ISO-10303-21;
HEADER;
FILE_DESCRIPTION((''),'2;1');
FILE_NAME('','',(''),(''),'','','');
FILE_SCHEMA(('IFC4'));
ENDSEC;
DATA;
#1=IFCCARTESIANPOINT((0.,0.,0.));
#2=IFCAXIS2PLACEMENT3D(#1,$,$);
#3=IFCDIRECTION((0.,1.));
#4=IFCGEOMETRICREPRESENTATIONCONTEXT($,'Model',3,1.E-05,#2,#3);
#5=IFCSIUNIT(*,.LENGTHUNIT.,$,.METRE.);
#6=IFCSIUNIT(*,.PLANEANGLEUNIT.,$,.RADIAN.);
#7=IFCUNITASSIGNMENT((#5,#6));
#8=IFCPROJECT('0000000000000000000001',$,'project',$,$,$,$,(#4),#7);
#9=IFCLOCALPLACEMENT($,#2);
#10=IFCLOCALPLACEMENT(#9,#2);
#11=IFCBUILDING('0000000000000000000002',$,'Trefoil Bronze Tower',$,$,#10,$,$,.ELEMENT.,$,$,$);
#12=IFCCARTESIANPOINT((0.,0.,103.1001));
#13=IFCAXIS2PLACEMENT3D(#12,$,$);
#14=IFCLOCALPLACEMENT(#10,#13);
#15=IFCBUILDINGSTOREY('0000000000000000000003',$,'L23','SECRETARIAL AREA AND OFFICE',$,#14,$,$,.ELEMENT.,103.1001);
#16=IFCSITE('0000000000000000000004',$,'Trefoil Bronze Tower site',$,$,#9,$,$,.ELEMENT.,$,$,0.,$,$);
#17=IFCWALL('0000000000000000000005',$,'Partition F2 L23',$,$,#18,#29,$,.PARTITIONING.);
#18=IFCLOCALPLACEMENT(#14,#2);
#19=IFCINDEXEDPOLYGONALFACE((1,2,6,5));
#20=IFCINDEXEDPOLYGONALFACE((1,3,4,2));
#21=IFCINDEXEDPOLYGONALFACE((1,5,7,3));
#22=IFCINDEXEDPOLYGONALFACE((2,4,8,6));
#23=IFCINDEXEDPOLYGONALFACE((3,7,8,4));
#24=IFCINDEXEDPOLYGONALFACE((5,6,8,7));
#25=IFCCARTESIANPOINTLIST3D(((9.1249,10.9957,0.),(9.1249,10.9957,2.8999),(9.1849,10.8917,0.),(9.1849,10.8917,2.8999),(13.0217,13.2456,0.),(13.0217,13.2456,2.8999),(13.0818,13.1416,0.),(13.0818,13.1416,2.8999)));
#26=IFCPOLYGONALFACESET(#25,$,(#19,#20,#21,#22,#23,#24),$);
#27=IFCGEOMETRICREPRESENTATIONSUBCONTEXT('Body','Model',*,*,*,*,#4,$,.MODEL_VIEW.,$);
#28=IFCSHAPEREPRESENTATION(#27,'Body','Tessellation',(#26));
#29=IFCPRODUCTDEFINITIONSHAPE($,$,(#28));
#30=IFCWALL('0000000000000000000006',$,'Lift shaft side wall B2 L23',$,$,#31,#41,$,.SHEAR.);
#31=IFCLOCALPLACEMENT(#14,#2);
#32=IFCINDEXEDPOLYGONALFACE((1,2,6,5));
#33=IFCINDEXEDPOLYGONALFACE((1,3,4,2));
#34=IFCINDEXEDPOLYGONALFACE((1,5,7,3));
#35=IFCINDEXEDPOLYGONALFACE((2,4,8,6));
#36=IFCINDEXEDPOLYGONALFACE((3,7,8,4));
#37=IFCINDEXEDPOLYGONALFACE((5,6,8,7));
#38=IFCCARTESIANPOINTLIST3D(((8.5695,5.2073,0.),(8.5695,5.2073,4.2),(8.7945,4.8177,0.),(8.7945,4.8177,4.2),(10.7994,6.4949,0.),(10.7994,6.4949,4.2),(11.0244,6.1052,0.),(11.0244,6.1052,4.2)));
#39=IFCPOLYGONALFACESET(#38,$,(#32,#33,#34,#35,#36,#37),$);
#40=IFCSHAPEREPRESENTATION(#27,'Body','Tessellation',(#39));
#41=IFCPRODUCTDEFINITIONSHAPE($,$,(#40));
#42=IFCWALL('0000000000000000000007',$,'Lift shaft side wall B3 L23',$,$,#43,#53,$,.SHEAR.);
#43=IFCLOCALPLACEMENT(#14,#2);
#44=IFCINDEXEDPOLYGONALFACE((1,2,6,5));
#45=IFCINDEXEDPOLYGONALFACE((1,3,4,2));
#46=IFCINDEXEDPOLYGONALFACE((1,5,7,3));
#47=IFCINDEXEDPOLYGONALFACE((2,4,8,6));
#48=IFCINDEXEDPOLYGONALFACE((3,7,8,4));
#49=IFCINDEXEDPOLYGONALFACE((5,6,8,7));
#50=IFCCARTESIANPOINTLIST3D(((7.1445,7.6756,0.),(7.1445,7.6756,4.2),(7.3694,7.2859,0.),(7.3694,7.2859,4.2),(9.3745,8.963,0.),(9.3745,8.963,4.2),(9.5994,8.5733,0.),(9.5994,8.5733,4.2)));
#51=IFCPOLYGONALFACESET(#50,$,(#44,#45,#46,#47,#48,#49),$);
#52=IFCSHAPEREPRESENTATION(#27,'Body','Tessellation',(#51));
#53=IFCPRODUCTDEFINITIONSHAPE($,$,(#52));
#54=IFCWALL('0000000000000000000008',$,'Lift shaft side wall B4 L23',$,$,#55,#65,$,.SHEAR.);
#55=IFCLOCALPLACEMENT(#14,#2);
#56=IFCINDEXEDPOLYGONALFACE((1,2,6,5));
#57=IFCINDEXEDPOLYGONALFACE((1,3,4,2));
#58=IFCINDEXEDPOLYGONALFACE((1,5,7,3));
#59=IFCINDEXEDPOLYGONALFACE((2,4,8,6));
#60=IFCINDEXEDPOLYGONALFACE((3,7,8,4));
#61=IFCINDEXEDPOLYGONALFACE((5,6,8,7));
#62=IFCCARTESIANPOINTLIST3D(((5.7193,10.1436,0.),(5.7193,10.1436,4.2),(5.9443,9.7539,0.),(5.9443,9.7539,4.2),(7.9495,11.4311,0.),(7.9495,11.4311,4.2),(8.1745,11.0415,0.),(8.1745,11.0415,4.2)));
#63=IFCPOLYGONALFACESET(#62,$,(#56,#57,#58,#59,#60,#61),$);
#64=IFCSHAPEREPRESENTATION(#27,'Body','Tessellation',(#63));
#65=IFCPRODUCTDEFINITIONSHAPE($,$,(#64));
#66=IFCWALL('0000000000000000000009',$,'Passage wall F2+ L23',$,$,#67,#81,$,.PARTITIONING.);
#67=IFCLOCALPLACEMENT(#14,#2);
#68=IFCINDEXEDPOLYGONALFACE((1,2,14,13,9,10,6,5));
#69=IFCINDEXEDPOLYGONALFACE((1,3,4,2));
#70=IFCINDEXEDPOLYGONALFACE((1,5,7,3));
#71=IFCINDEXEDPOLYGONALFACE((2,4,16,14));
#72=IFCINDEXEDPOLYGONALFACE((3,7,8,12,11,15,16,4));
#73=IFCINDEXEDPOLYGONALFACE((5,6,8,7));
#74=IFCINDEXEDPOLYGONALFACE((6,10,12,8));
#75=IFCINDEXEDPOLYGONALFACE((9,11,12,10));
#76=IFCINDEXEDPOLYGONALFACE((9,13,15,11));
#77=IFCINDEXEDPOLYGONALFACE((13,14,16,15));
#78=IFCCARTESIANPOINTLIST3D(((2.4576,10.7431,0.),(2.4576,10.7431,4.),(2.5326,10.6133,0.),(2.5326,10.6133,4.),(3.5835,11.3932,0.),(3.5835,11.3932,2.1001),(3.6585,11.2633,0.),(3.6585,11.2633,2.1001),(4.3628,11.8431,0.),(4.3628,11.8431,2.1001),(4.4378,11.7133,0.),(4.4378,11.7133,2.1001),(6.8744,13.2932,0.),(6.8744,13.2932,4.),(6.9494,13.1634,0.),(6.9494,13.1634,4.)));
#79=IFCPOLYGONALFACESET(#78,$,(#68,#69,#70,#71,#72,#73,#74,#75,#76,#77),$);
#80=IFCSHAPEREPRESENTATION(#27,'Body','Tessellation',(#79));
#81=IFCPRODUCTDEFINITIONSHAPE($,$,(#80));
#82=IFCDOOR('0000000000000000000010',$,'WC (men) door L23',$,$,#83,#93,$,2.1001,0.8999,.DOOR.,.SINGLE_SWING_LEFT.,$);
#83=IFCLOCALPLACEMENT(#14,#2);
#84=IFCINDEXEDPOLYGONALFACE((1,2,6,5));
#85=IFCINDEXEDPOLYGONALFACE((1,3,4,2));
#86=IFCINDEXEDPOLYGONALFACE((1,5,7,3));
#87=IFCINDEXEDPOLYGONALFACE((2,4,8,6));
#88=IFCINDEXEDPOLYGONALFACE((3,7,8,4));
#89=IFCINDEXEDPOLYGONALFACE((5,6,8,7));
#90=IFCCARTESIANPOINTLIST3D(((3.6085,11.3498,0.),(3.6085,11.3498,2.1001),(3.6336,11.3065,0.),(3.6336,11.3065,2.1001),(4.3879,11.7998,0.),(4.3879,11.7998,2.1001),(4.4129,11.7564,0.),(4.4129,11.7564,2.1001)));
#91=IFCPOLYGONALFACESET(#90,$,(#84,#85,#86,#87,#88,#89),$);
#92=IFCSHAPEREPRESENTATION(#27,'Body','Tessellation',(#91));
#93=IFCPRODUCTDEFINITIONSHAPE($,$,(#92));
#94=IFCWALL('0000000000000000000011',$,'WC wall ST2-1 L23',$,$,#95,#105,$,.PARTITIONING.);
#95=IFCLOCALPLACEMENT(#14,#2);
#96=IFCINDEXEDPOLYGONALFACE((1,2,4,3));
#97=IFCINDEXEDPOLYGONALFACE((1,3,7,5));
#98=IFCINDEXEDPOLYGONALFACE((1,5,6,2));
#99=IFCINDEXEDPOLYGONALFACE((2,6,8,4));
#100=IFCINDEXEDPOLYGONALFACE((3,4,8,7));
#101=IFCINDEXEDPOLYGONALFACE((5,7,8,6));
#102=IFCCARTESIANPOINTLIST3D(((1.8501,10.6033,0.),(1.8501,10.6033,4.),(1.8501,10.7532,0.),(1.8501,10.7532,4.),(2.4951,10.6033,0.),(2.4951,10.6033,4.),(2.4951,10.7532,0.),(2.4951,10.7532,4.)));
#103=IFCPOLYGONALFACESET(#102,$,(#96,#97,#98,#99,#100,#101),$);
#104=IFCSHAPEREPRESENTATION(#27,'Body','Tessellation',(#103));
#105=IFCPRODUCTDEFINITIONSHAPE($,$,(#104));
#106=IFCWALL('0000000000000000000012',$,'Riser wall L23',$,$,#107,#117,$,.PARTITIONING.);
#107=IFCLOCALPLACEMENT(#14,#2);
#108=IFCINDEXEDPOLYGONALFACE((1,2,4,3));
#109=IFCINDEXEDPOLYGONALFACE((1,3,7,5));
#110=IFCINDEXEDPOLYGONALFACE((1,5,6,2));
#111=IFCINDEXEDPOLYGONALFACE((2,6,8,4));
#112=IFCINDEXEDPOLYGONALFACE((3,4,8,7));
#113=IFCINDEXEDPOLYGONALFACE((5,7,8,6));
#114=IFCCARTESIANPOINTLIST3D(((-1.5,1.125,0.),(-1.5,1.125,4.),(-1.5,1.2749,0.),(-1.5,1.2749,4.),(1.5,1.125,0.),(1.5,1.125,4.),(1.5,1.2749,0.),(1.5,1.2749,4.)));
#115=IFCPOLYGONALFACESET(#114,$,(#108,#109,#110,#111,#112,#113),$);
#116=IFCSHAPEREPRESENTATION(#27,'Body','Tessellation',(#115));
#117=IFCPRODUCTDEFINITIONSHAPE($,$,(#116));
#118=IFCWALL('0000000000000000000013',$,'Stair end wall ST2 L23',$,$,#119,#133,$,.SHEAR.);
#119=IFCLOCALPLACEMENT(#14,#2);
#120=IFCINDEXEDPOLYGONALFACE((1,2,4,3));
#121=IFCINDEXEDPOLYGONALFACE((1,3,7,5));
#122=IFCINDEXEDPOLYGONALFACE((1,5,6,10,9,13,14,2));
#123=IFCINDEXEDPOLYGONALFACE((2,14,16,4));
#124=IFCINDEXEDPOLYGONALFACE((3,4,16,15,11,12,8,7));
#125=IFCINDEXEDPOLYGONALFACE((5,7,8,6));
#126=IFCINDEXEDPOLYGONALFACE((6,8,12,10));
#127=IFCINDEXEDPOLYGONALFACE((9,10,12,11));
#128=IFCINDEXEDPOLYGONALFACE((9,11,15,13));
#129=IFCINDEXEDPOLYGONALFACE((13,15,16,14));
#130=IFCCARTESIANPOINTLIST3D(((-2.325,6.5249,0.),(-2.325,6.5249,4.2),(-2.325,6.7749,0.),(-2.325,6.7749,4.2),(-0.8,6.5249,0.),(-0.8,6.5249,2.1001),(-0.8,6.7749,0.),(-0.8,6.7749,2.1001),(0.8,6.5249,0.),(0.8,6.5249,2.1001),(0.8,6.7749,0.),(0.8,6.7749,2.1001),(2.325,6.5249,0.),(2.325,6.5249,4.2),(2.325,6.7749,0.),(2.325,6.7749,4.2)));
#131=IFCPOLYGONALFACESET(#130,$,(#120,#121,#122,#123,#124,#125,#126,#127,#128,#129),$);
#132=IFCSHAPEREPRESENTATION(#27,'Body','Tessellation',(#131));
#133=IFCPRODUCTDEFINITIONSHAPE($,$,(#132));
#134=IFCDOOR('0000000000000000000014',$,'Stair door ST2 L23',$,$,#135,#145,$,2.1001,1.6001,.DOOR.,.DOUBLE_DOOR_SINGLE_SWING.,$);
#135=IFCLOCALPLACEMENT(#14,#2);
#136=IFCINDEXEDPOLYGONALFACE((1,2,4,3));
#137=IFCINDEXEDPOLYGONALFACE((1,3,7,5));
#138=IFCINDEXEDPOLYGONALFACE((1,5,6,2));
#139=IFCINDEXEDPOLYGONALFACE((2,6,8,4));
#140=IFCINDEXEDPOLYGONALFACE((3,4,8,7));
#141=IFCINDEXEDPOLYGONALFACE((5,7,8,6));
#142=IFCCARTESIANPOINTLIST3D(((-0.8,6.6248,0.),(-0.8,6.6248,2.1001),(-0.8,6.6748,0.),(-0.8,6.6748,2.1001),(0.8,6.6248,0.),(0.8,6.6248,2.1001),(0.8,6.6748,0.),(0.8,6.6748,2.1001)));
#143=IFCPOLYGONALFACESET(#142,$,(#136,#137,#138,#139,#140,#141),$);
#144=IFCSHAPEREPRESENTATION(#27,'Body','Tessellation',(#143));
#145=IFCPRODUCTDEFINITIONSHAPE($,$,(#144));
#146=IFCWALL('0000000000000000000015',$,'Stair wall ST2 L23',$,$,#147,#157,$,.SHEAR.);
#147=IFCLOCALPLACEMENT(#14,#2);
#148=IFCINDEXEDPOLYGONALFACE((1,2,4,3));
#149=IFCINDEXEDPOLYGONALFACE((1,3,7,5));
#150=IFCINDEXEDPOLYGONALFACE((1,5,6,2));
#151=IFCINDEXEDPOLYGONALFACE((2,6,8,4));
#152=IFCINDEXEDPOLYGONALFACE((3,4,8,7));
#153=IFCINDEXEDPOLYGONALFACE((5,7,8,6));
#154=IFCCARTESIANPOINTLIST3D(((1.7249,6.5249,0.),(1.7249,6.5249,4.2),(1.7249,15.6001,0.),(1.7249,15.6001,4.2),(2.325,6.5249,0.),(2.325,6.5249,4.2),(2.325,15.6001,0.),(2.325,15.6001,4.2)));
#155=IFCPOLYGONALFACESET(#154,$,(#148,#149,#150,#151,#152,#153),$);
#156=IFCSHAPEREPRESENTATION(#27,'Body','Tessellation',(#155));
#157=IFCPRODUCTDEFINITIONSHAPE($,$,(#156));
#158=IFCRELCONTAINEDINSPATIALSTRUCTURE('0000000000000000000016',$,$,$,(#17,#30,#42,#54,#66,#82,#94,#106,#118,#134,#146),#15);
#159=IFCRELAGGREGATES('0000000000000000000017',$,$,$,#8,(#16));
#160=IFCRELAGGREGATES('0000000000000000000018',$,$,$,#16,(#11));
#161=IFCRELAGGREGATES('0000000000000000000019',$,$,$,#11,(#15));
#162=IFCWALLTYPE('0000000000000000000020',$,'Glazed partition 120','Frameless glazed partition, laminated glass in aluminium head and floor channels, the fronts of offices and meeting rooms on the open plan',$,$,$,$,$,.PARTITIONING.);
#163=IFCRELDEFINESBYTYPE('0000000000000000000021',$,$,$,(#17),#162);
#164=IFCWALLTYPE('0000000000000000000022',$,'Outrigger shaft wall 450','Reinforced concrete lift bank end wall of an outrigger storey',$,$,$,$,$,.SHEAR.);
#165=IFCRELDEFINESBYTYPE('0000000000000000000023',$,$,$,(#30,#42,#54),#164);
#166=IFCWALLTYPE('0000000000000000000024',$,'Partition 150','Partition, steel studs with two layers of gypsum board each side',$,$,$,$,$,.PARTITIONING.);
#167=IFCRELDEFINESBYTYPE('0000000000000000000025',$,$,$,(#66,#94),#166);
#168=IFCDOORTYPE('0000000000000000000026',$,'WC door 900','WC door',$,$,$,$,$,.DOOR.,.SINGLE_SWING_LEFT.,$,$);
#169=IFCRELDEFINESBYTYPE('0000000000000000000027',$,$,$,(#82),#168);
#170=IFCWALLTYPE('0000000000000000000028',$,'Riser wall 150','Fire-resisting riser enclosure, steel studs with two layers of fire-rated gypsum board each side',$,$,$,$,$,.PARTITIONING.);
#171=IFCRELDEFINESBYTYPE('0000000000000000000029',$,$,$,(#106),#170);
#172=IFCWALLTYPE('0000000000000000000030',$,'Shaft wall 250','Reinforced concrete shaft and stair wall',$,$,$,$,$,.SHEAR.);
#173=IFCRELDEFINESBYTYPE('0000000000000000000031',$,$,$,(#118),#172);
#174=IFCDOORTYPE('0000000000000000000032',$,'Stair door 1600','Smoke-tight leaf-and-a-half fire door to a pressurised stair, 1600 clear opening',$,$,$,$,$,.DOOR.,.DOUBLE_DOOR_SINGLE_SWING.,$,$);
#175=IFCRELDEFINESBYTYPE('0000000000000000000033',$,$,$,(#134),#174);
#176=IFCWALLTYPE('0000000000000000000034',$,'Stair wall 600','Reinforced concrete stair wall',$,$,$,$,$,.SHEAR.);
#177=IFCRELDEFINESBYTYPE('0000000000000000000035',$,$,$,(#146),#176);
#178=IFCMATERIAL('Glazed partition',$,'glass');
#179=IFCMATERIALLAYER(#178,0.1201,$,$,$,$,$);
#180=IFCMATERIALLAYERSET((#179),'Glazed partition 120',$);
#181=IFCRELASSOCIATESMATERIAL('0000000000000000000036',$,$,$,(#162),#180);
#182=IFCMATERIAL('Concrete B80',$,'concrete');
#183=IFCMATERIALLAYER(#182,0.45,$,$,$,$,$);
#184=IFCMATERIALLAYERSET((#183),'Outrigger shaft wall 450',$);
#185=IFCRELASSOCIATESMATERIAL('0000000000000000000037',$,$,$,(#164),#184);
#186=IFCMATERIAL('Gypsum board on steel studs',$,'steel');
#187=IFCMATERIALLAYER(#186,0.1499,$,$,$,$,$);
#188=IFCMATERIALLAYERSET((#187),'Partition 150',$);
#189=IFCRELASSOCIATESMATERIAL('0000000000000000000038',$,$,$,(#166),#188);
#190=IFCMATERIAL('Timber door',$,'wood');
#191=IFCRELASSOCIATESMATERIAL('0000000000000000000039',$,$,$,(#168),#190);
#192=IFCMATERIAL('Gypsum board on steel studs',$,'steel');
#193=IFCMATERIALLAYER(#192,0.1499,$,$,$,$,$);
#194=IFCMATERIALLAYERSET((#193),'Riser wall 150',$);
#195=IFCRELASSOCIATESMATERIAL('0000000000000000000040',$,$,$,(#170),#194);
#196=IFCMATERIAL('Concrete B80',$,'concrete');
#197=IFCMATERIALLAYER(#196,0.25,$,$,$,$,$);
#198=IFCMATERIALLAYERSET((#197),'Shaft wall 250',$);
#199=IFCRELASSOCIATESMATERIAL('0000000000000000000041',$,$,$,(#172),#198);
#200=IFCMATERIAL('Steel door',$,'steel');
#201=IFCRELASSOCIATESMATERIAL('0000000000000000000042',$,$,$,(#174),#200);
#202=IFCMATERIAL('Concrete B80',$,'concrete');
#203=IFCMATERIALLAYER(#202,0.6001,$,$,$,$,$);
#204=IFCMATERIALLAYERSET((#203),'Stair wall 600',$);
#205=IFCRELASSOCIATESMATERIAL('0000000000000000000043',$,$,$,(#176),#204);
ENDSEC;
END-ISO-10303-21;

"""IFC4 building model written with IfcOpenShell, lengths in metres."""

from ifc_helpers import new_model, si_unit, direction, frame, frame_2d, origin, place, context, subcontext, project, spatial, rectangle, extrude, material, layer, layer_set, type_object, element, fill, save


model = new_model("IFC4")

# Units and contexts
model_context = context("Model", 3, precision=1e-05, world=origin(), true_north=direction((0.0, 1.0)))
body_context = subcontext(model_context, "Body", "Model", "MODEL_VIEW")
ifc_project = project(units=[si_unit("LENGTHUNIT", "METRE"), si_unit("PLANEANGLEUNIT", "RADIAN")], contexts=[model_context])

# Site, building, storey
site_placement = place(None, origin())
site = spatial("IfcSite", under=ifc_project, at=site_placement, Name="Trefoil Bronze Tower site", CompositionType="ELEMENT", RefElevation=0.0)
building_placement = place(site_placement, origin())
building = spatial("IfcBuilding", under=site, at=building_placement, Name="Trefoil Bronze Tower", CompositionType="ELEMENT")
storey_placement = place(building_placement, frame((0.0, 0.0, 103.1001)))
storey = spatial("IfcBuildingStorey", under=building, at=storey_placement, Name="L23", Description="SECRETARIAL AREA AND OFFICE", CompositionType="ELEMENT", Elevation=103.1001)

# Walls
ifc_material_1 = material(Name="Glazed partition", Category="glass")
ifc_layer_1 = layer(ifc_material_1, 0.1201)
ifc_layer_set_1 = layer_set([ifc_layer_1], Name="Glazed partition 120")
wall_type_1 = type_object("IfcWallType", Name="Glazed partition 120", Description="Frameless glazed partition, laminated glass in aluminium head and floor channels, the fronts of offices and meeting rooms on the open plan", PredefinedType="PARTITIONING", material=ifc_layer_set_1)
wall_1_placement = place(storey_placement, frame((9.1548, 10.9436, 0.0), z_axis=(0.0, 0.0, 1.0), x_axis=(0.866018, 0.500014, 0.0)))
element("IfcWall", 1, at=wall_1_placement, inside=storey, type_object=wall_type_1, Name="Partition F2 L23", PredefinedType="PARTITIONING", context=body_context, shape_type="SweptSolid", body=[
    extrude(rectangle(XDim=4.4998, YDim=0.1201, at=frame_2d((2.25, 0.0))), origin(), (0.0, 0.0, 1.0), 2.8999),
])
ifc_material_2 = material(Name="Concrete B80", Category="concrete")
ifc_layer_2 = layer(ifc_material_2, 0.45)
ifc_layer_set_2 = layer_set([ifc_layer_2], Name="Outrigger shaft wall 450")
wall_type_2 = type_object("IfcWallType", Name="Outrigger shaft wall 450", Description="Reinforced concrete lift bank end wall of an outrigger storey", PredefinedType="SHEAR", material=ifc_layer_set_2)
for number, where, z_axis, x_axis, name in (
    (2, (8.6819, 5.0125, 0.0), (0.0, 0.0, 1.0), (0.866006, 0.500034, 0.0), "Lift shaft side wall B2 L23"),
    (3, (7.2568, 7.4807, 0.0), (0.0, 0.0, 1.0), (0.866047, 0.499963, 0.0), "Lift shaft side wall B3 L23"),
):
    element("IfcWall", number, at=place(storey_placement, frame(where, z_axis=z_axis, x_axis=x_axis)), inside=storey, type_object=wall_type_2, Name=name, PredefinedType="SHEAR", context=body_context, shape_type="SweptSolid", body=[
        extrude(rectangle(XDim=2.575, YDim=0.45, at=frame_2d((1.2876, 0.0))), origin(), (0.0, 0.0, 1.0), 4.2),
    ])
wall_2_placement = place(storey_placement, frame((5.8318, 9.9487, 0.0), z_axis=(0.0, 0.0, 1.0), x_axis=(0.866029, 0.499993, 0.0)))
element("IfcWall", 4, at=wall_2_placement, inside=storey, type_object=wall_type_2, Name="Lift shaft side wall B4 L23", PredefinedType="SHEAR", context=body_context, shape_type="SweptSolid", body=[
    extrude(rectangle(XDim=2.5752, YDim=0.45, at=frame_2d((1.2876, 0.0))), origin(), (0.0, 0.0, 1.0), 4.2),
])

# Wall, opening, door
ifc_material_3 = material(Name="Gypsum board on steel studs", Category="steel")
ifc_layer_3 = layer(ifc_material_3, 0.1499)
ifc_layer_set_3 = layer_set([ifc_layer_3], Name="Partition 150")
wall_type_3 = type_object("IfcWallType", Name="Partition 150", Description="Partition, steel studs with two layers of gypsum board each side", PredefinedType="PARTITIONING", material=ifc_layer_set_3)
wall_3_placement = place(storey_placement, frame((2.4951, 10.6782, 0.0), z_axis=(0.0, 0.0, 1.0), x_axis=(0.866022, 0.500006, 0.0)))
wall_3 = element("IfcWall", 5, at=wall_3_placement, inside=storey, type_object=wall_type_3, Name="Passage wall F2+ L23", PredefinedType="PARTITIONING", context=body_context, shape_type="SweptSolid", body=[
    extrude(rectangle(XDim=5.1001, YDim=0.1499, at=frame_2d((2.55, 0.0))), origin(), (0.0, 0.0, 1.0), 4.0),
])
opening_1_placement = place(wall_3_placement, frame((1.3, 0.0, 0.0)))
opening_1 = element("IfcOpeningElement", 6, at=opening_1_placement, cuts=wall_3, PredefinedType="OPENING", context=body_context, shape_type="SweptSolid", body=[
    extrude(rectangle(XDim=0.8999, YDim=2.1001, at=frame_2d((0.45, 1.05))), frame((0.0, 0.085, 0.0), z_axis=(0.0, -1.0, 0.0), x_axis=(1.0, 0.0, 0.0)), (0.0, 0.0, 1.0), 0.1699),
])
ifc_material_4 = material(Name="Timber door", Category="wood")
door_type_1 = type_object("IfcDoorType", Name="WC door 900", Description="WC door", OperationType="SINGLE_SWING_LEFT", PredefinedType="DOOR", material=ifc_material_4)
door_1_placement = place(opening_1_placement, origin())
door_1 = element("IfcDoor", 7, at=door_1_placement, inside=storey, type_object=door_type_1, Name="WC (men) door L23", OperationType="SINGLE_SWING_LEFT", OverallHeight=2.1001, OverallWidth=0.8999, PredefinedType="DOOR", context=body_context, shape_type="SweptSolid", body=[
    extrude(rectangle(XDim=0.8999, YDim=2.1001, at=frame_2d((0.45, 1.05))), frame((0.0, 0.0249, 0.0), z_axis=(0.0, -1.0, 0.0), x_axis=(1.0, 0.0, 0.0)), (0.0, 0.0, 1.0), 0.05),
])
fill(opening_1, door_1)

# Walls
wall_4_placement = place(storey_placement, frame((2.4951, 10.6782, 0.0), z_axis=(0.0, 0.0, 1.0), x_axis=(-1.0, 0.0, 0.0)))
element("IfcWall", 8, at=wall_4_placement, inside=storey, type_object=wall_type_3, Name="WC wall ST2-1 L23", PredefinedType="PARTITIONING", context=body_context, shape_type="SweptSolid", body=[
    extrude(rectangle(XDim=0.645, YDim=0.1499, at=frame_2d((0.3225, 0.0))), origin(), (0.0, 0.0, 1.0), 4.0),
])
ifc_material_5 = material(Name="Gypsum board on steel studs", Category="steel")
ifc_layer_4 = layer(ifc_material_5, 0.1499)
ifc_layer_set_4 = layer_set([ifc_layer_4], Name="Riser wall 150")
wall_type_4 = type_object("IfcWallType", Name="Riser wall 150", Description="Fire-resisting riser enclosure, steel studs with two layers of fire-rated gypsum board each side", PredefinedType="PARTITIONING", material=ifc_layer_set_4)
wall_5_placement = place(storey_placement, frame((1.5, 1.2, 0.0), z_axis=(0.0, 0.0, 1.0), x_axis=(-1.0, 0.0, 0.0)))
element("IfcWall", 9, at=wall_5_placement, inside=storey, type_object=wall_type_4, Name="Riser wall L23", PredefinedType="PARTITIONING", context=body_context, shape_type="SweptSolid", body=[
    extrude(rectangle(XDim=3.0, YDim=0.1499, at=frame_2d((1.5, 0.0))), origin(), (0.0, 0.0, 1.0), 4.0),
])

# Wall, opening, door
ifc_material_6 = material(Name="Concrete B80", Category="concrete")
ifc_layer_5 = layer(ifc_material_6, 0.25)
ifc_layer_set_5 = layer_set([ifc_layer_5], Name="Shaft wall 250")
wall_type_5 = type_object("IfcWallType", Name="Shaft wall 250", Description="Reinforced concrete shaft and stair wall", PredefinedType="SHEAR", material=ifc_layer_set_5)
wall_6_placement = place(storey_placement, frame((2.325, 6.6499, 0.0), z_axis=(0.0, 0.0, 1.0), x_axis=(-1.0, 0.0, 0.0)))
wall_6 = element("IfcWall", 10, at=wall_6_placement, inside=storey, type_object=wall_type_5, Name="Stair end wall ST2 L23", PredefinedType="SHEAR", context=body_context, shape_type="SweptSolid", body=[
    extrude(rectangle(XDim=4.6499, YDim=0.25, at=frame_2d((2.325, 0.0))), origin(), (0.0, 0.0, 1.0), 4.2),
])
opening_2_placement = place(wall_6_placement, frame((1.5249, 0.0, 0.0)))
opening_2 = element("IfcOpeningElement", 11, at=opening_2_placement, cuts=wall_6, PredefinedType="OPENING", context=body_context, shape_type="SweptSolid", body=[
    extrude(rectangle(XDim=1.6001, YDim=2.1001, at=frame_2d((0.8, 1.05))), frame((0.0, 0.135, 0.0), z_axis=(0.0, -1.0, 0.0), x_axis=(1.0, 0.0, 0.0)), (0.0, 0.0, 1.0), 0.27),
])
ifc_material_7 = material(Name="Steel door", Category="steel")
door_type_2 = type_object("IfcDoorType", Name="Stair door 1600", Description="Smoke-tight leaf-and-a-half fire door to a pressurised stair, 1600 clear opening", OperationType="DOUBLE_DOOR_SINGLE_SWING", PredefinedType="DOOR", material=ifc_material_7)
door_2_placement = place(opening_2_placement, frame((1.6001, 0.0, 0.0), z_axis=(0.0, 0.0, 1.0), x_axis=(-1.0, 0.0, 0.0)))
door_2 = element("IfcDoor", 12, at=door_2_placement, inside=storey, type_object=door_type_2, Name="Stair door ST2 L23", OperationType="DOUBLE_DOOR_SINGLE_SWING", OverallHeight=2.1001, OverallWidth=1.6001, PredefinedType="DOOR", context=body_context, shape_type="SweptSolid", body=[
    extrude(rectangle(XDim=1.6001, YDim=2.1001, at=frame_2d((0.8, 1.05))), frame((0.0, 0.0249, 0.0), z_axis=(0.0, -1.0, 0.0), x_axis=(1.0, 0.0, 0.0)), (0.0, 0.0, 1.0), 0.05),
])
fill(opening_2, door_2)

# Wall
ifc_material_8 = material(Name="Concrete B80", Category="concrete")
ifc_layer_6 = layer(ifc_material_8, 0.6001)
ifc_layer_set_6 = layer_set([ifc_layer_6], Name="Stair wall 600")
wall_type_6 = type_object("IfcWallType", Name="Stair wall 600", Description="Reinforced concrete stair wall", PredefinedType="SHEAR", material=ifc_layer_set_6)
wall_7_placement = place(storey_placement, frame((2.0249, 6.5249, 0.0), z_axis=(0.0, 0.0, 1.0), x_axis=(0.0, 1.0, 0.0)))
element("IfcWall", 13, at=wall_7_placement, inside=storey, type_object=wall_type_6, Name="Stair wall ST2 L23", PredefinedType="SHEAR", context=body_context, shape_type="SweptSolid", body=[
    extrude(rectangle(XDim=9.0752, YDim=0.6001, at=frame_2d((4.5376, 0.0))), origin(), (0.0, 0.0, 1.0), 4.2),
])

save(model, "model.ifc")
